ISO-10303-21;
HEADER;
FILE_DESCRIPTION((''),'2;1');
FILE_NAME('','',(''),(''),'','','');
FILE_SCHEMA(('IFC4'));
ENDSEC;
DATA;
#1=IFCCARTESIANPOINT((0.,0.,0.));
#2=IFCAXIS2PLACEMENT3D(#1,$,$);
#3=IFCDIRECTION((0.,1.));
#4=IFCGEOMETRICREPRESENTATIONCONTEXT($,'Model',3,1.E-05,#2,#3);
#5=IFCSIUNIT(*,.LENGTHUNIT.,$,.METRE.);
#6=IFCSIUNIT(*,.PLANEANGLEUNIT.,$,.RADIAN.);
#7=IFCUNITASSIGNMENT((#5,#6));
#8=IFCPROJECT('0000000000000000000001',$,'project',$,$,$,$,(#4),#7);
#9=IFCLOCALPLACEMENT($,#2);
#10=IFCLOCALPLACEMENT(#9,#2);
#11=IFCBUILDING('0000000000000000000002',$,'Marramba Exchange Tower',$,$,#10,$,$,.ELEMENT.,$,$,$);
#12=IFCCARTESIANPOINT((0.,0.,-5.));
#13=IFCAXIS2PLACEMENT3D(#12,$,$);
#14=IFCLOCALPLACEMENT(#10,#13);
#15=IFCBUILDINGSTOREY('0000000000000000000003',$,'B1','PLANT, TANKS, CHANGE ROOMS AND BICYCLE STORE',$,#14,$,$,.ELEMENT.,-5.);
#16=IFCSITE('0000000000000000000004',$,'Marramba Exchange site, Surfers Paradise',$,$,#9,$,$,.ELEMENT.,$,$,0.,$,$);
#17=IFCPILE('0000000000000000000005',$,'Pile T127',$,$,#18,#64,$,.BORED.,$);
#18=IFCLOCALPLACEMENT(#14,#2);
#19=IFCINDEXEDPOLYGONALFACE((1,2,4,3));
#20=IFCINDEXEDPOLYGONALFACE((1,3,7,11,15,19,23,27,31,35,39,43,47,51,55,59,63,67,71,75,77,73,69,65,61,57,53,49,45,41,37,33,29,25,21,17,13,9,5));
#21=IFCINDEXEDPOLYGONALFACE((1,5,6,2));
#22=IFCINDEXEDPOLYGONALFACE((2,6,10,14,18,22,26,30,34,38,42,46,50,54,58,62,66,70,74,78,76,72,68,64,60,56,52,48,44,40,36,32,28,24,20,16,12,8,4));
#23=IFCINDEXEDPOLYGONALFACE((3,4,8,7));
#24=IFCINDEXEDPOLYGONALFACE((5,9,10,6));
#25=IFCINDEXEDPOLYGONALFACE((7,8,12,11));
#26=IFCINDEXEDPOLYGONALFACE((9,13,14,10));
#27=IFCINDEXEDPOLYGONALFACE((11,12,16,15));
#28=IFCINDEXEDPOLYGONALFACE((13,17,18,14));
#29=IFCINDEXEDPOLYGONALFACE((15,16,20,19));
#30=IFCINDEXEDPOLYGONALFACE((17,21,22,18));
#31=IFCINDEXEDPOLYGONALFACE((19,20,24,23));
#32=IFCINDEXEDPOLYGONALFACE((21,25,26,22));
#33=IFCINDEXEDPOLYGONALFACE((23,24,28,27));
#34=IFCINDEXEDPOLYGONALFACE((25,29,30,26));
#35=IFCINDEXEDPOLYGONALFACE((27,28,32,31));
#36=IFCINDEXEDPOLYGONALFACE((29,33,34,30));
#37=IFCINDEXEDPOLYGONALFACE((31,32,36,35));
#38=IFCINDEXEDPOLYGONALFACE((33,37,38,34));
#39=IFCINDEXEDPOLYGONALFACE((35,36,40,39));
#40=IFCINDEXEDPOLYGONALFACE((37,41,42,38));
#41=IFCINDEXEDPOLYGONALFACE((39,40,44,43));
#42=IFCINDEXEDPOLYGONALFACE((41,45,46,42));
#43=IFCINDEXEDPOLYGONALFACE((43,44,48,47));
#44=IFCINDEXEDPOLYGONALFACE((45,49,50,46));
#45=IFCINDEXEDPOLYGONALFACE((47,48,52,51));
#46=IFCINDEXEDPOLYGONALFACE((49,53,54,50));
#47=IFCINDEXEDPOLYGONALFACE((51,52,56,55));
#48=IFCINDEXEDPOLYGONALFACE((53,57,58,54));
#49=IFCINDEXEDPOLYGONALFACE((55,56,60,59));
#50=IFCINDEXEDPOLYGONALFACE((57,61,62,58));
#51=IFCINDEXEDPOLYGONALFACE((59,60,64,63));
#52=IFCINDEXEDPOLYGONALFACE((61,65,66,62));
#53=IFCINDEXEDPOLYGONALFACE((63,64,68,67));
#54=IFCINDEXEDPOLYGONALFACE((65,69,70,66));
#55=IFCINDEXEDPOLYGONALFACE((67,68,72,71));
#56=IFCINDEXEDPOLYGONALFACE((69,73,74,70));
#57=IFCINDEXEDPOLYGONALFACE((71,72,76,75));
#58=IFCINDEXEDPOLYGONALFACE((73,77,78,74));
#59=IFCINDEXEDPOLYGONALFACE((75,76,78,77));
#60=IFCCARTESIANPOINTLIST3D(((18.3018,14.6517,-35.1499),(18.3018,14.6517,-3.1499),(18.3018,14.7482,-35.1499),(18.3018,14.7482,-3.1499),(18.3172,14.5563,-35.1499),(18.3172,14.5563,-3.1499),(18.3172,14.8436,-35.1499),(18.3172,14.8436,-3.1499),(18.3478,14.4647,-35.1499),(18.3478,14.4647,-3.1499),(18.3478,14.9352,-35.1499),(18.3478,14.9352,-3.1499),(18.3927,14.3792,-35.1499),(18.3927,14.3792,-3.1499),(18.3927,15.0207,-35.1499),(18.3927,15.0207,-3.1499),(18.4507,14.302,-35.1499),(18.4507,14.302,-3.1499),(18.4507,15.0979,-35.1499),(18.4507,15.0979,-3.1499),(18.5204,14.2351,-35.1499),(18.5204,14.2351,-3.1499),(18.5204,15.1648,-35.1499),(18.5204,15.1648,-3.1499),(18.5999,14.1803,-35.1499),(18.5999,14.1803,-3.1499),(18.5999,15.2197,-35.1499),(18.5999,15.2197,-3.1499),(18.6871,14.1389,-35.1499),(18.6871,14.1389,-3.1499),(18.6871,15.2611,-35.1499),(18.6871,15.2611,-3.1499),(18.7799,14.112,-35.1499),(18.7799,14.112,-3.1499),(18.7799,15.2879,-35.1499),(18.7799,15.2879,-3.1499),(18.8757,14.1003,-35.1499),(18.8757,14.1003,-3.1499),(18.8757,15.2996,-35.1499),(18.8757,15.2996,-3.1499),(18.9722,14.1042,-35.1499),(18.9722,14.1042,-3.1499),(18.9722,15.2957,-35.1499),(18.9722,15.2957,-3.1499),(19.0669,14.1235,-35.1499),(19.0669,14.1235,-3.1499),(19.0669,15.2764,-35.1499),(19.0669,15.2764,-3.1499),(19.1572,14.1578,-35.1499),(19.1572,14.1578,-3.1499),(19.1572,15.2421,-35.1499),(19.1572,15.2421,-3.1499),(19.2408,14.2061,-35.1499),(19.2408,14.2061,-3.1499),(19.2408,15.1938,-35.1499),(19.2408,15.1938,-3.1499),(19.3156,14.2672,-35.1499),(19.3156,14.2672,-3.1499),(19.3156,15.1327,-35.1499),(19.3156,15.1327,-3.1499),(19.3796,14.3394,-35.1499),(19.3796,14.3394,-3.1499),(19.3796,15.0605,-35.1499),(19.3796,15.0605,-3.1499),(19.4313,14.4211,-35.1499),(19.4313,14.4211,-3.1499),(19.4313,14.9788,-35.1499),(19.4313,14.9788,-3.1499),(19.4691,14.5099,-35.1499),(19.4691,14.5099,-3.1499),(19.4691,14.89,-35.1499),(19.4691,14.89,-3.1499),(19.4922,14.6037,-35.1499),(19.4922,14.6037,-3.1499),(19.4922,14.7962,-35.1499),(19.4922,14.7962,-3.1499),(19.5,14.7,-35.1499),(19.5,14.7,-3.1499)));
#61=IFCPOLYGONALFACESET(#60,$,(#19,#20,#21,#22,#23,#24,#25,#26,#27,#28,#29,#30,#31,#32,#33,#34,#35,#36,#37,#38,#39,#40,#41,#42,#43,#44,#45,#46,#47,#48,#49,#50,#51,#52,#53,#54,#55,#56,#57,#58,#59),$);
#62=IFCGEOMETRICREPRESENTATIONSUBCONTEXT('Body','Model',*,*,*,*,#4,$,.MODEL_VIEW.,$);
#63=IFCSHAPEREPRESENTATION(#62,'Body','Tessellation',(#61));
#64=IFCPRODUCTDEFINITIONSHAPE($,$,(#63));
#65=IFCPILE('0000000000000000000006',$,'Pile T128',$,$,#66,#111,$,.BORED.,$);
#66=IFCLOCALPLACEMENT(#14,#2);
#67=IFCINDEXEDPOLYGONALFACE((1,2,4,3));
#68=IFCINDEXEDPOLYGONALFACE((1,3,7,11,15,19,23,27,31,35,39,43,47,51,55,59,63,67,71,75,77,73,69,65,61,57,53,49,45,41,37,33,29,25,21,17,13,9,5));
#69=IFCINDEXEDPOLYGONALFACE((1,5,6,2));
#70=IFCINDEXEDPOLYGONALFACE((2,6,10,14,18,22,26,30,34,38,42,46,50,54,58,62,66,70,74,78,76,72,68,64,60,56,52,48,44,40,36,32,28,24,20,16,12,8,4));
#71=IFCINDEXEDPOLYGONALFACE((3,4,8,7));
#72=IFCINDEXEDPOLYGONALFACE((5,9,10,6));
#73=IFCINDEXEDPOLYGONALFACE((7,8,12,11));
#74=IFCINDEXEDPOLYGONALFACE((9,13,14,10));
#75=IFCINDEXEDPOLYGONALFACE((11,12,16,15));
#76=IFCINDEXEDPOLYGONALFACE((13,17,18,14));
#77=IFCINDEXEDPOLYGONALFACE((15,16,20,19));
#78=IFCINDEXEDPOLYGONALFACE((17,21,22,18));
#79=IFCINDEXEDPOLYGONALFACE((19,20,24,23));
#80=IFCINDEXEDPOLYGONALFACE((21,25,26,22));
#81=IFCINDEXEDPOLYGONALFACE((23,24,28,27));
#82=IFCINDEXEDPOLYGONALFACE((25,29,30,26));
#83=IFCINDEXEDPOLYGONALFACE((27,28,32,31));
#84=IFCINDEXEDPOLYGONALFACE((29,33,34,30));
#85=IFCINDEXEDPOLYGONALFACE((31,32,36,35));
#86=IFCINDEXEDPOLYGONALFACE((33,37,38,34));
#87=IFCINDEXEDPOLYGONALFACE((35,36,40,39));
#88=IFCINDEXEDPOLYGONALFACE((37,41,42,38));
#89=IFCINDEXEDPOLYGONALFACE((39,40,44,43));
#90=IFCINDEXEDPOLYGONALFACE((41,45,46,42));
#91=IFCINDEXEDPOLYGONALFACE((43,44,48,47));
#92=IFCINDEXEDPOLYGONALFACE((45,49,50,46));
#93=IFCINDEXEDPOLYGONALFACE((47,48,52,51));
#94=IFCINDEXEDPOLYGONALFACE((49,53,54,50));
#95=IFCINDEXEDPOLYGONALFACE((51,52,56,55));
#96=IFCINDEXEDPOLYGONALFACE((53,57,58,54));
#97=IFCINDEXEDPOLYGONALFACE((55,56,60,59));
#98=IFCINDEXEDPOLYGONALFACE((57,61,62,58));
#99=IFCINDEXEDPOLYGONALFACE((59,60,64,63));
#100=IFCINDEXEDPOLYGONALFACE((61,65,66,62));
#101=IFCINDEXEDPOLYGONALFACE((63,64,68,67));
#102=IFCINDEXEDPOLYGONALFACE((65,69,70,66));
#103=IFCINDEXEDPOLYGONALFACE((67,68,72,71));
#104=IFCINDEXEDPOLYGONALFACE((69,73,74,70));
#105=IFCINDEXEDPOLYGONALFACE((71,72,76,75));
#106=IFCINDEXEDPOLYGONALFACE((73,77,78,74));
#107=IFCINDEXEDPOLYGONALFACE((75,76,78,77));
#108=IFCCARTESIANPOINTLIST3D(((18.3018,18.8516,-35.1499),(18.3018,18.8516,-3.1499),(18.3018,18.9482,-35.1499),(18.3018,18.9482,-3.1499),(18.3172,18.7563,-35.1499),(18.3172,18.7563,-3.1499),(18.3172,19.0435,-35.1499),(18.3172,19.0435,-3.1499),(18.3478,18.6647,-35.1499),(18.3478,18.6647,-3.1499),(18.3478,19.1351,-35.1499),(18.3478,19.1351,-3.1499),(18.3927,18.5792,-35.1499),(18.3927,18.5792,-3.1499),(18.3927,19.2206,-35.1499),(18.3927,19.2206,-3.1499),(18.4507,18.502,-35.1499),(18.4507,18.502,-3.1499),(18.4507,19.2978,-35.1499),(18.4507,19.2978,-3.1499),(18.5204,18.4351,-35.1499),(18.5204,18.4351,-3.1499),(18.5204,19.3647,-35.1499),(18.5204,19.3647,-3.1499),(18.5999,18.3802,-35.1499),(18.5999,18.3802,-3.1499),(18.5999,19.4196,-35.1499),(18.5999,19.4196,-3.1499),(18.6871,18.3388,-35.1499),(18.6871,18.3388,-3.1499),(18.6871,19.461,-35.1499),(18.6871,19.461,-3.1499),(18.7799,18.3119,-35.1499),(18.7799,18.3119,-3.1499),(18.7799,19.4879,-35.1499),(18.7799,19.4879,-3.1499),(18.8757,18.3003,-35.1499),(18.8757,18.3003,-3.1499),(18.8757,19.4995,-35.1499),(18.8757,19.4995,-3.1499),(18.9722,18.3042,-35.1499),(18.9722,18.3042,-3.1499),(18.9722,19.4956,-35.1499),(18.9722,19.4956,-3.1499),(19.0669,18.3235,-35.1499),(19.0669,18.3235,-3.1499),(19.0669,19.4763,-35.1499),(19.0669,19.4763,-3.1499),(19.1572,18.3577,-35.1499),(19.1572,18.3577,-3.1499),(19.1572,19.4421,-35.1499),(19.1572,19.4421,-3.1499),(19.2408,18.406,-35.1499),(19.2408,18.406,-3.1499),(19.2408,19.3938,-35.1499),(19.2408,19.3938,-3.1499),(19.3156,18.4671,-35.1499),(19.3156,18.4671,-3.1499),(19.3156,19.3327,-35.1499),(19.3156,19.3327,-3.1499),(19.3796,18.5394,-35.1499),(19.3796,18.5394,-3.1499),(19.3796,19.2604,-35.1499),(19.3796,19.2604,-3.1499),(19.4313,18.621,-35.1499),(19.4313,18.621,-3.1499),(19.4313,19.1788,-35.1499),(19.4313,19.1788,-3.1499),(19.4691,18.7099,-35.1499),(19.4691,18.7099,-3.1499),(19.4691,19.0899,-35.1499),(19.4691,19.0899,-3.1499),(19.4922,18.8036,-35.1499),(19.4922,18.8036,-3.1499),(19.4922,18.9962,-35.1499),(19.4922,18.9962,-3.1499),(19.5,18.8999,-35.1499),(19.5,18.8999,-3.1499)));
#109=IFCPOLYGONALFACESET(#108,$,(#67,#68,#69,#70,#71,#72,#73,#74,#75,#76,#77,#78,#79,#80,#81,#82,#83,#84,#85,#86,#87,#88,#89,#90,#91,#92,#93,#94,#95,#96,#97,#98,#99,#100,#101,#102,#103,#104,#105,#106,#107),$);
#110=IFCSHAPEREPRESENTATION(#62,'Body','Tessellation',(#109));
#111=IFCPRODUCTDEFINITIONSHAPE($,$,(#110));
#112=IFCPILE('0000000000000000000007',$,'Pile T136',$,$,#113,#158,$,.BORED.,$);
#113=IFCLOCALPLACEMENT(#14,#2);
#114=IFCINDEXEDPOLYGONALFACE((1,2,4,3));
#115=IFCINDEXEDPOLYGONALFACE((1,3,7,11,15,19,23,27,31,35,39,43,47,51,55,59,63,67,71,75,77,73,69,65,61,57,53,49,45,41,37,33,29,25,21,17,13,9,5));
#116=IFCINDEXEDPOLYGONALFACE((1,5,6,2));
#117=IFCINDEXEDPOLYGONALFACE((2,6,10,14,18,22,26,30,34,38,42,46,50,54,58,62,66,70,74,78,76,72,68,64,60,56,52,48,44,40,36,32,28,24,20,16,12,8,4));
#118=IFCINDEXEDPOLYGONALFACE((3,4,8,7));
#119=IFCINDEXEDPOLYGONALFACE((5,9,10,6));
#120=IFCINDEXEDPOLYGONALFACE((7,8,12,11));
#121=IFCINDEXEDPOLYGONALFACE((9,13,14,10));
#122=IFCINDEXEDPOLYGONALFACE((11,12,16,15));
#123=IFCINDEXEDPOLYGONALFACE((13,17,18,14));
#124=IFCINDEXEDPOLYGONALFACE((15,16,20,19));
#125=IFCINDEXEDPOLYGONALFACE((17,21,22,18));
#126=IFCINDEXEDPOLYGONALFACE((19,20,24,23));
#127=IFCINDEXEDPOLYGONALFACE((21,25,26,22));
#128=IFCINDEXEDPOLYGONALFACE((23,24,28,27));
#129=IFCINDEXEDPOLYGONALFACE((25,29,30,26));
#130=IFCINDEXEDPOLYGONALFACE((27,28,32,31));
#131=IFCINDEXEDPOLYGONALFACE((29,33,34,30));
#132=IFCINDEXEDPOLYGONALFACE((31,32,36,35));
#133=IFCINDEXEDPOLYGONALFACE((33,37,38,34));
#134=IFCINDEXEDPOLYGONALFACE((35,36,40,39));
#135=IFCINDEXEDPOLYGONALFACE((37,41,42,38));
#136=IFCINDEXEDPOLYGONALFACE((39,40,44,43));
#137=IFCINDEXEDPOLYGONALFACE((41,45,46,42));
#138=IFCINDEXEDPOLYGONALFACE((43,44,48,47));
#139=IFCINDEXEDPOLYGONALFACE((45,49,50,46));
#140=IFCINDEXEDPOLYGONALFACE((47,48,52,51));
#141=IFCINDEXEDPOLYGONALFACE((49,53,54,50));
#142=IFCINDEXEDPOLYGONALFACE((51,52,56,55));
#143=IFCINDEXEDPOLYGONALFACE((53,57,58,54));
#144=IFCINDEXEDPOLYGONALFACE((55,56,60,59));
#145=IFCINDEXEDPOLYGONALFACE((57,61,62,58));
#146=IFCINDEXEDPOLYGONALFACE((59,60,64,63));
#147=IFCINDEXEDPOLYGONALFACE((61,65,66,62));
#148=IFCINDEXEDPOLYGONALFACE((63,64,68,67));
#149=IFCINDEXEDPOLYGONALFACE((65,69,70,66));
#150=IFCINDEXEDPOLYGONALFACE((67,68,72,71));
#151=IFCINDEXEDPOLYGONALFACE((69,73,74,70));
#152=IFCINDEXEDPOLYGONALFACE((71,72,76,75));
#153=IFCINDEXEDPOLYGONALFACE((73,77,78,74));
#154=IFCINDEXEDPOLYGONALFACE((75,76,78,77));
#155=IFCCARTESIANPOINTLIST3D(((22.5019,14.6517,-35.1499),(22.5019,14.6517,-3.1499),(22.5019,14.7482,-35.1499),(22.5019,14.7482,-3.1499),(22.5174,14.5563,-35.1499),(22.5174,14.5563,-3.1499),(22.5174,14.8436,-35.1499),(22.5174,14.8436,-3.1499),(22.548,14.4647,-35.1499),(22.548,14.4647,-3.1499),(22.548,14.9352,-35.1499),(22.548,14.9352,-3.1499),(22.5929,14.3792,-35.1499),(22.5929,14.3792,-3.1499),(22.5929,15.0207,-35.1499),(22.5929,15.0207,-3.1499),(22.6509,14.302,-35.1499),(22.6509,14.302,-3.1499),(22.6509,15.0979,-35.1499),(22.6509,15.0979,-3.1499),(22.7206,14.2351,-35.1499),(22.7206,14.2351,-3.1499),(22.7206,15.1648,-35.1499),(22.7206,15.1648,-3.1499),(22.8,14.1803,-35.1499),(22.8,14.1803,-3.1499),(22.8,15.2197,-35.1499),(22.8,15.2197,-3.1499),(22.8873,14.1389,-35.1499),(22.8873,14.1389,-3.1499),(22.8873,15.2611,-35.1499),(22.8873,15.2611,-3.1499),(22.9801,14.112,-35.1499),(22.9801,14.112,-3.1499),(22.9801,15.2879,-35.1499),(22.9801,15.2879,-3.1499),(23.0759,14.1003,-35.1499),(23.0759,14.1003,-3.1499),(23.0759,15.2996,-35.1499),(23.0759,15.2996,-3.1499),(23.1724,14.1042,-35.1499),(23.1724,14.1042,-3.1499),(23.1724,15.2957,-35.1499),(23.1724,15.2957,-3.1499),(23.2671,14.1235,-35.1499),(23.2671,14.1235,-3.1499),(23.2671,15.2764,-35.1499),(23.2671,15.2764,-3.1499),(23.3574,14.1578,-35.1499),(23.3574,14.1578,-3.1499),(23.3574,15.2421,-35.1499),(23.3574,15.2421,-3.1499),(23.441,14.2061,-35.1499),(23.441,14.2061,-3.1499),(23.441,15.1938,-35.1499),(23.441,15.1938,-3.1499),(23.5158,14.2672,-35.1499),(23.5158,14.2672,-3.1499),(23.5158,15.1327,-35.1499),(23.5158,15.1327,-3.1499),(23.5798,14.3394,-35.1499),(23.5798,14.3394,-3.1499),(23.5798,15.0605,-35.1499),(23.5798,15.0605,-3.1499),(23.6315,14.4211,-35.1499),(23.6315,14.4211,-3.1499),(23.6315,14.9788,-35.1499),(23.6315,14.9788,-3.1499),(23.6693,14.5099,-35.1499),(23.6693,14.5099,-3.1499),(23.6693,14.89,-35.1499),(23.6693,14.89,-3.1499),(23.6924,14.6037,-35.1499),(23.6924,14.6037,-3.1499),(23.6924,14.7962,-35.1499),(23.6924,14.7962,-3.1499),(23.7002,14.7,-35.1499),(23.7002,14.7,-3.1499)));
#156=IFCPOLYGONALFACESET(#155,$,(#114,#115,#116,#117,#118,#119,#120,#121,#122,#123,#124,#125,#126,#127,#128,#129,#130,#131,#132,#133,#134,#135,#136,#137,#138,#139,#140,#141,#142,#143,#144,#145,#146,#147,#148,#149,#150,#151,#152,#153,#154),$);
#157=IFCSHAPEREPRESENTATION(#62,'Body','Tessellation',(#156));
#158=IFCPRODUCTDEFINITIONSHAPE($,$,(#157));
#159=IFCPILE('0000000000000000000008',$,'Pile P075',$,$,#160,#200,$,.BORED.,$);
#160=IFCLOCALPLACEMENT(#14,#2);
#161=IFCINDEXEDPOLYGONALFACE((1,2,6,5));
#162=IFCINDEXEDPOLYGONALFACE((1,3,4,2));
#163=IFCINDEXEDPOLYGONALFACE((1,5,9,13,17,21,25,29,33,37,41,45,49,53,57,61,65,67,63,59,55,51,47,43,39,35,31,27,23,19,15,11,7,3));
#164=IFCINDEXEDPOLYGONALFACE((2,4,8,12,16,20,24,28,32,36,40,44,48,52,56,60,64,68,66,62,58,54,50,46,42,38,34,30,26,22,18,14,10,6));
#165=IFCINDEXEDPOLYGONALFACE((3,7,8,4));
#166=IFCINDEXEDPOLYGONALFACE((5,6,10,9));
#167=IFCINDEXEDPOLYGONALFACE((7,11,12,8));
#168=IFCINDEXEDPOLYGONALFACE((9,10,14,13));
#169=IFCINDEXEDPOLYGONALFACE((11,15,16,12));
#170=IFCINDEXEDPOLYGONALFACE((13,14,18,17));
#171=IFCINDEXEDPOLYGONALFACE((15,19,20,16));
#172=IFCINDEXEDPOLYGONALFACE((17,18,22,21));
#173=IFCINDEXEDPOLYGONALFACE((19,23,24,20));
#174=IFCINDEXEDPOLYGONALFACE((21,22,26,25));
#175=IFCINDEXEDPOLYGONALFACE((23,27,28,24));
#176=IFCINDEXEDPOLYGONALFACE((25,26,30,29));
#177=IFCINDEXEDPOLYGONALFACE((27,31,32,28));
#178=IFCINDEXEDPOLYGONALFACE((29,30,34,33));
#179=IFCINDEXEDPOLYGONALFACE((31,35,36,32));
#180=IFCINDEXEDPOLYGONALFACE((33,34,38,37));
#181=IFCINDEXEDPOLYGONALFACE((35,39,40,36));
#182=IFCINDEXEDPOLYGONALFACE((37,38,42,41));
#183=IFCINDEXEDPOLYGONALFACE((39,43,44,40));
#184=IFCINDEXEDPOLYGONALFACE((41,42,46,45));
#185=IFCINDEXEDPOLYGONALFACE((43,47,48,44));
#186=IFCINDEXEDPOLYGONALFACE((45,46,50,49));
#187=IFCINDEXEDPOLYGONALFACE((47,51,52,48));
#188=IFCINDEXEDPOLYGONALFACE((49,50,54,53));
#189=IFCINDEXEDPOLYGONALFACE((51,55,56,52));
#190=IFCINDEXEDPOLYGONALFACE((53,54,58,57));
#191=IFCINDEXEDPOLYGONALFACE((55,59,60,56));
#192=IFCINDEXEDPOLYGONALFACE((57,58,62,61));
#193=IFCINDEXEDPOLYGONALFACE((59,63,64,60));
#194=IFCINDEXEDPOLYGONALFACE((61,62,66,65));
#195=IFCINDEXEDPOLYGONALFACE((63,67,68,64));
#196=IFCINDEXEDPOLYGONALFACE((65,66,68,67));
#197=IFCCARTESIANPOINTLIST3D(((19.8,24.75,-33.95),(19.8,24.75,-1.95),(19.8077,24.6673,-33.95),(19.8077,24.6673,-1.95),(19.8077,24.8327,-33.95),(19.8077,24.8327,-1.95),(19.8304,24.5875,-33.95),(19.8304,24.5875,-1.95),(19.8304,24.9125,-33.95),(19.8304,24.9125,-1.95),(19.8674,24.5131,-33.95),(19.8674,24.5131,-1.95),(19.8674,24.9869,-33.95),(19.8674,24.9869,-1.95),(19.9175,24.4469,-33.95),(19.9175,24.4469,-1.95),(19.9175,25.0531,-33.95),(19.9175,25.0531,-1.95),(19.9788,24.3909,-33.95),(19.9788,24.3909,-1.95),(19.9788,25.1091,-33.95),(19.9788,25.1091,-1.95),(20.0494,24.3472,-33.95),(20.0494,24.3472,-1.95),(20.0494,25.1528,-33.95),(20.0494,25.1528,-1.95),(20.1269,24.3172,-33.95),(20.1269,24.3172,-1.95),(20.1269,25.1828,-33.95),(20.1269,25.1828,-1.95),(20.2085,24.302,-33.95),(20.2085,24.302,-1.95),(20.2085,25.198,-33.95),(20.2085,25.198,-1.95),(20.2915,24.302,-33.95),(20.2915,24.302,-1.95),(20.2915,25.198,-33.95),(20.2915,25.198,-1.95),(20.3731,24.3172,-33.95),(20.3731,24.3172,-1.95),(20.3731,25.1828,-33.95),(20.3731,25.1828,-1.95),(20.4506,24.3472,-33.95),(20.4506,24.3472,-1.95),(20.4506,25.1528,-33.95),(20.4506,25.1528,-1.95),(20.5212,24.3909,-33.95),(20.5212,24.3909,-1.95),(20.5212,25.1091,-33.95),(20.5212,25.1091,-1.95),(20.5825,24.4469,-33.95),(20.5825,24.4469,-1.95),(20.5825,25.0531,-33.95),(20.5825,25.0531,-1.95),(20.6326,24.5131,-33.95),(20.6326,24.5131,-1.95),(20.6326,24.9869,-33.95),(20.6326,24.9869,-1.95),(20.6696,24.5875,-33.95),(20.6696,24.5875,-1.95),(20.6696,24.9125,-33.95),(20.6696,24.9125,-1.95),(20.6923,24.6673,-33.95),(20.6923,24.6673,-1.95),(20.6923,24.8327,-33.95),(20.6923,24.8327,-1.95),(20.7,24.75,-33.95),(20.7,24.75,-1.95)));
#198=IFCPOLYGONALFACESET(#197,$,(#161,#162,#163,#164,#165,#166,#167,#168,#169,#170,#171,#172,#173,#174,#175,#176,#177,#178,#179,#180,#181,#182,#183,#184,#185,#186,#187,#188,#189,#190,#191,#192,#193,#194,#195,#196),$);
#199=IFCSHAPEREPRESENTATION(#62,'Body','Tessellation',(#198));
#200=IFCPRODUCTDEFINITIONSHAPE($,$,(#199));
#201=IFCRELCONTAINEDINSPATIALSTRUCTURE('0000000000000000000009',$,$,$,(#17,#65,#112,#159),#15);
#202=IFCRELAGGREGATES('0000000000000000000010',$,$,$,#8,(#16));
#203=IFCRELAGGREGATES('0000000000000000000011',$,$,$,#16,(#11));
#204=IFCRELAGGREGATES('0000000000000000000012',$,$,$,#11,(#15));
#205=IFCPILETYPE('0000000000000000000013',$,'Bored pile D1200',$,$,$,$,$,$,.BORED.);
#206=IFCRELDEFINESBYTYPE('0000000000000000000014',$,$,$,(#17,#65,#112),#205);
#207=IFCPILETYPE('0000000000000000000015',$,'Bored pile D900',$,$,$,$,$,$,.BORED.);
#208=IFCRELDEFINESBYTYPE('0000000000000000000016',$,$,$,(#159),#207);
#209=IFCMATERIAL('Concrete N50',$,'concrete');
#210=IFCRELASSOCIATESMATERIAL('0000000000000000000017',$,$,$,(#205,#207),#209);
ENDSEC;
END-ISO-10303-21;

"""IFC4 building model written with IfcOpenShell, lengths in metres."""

from ifc_helpers import new_model, si_unit, direction, frame, origin, origin_2d, place, context, subcontext, project, spatial, circle, extrude, material, material_profile, profile_set, type_object, element, save


model = new_model("IFC4")

# Units and contexts
model_context = context("Model", 3, precision=1e-05, world=origin(), true_north=direction((0.0, 1.0)))
body_context = subcontext(model_context, "Body", "Model", "MODEL_VIEW")
ifc_project = project(units=[si_unit("LENGTHUNIT", "METRE"), si_unit("PLANEANGLEUNIT", "RADIAN")], contexts=[model_context])

# Site, building, storey
site_placement = place(None, origin())
site = spatial("IfcSite", under=ifc_project, at=site_placement, Name="Marramba Exchange site, Surfers Paradise", CompositionType="ELEMENT", RefElevation=0.0)
building_placement = place(site_placement, origin())
building = spatial("IfcBuilding", under=site, at=building_placement, Name="Marramba Exchange Tower", CompositionType="ELEMENT")
storey_placement = place(building_placement, frame((0.0, 0.0, -5.0)))
storey = spatial("IfcBuildingStorey", under=building, at=storey_placement, Name="B1", Description="PLANT, TANKS, CHANGE ROOMS AND BICYCLE STORE", CompositionType="ELEMENT", Elevation=-5.0)

# Piles
ifc_material_1 = material(Name="Concrete N50", Category="concrete")
ifc_material_profile_1 = material_profile(ifc_material_1, circle(Radius=0.6001, at=origin_2d()), Name="BP D1200")
ifc_profile_set_1 = profile_set([ifc_material_profile_1], Name="Concrete N50")
pile_type_1 = type_object("IfcPileType", Name="Bored pile D1200", PredefinedType="BORED", material=ifc_profile_set_1)
for number, where, z_axis, x_axis, name in (
    (1, (18.8999, 14.7, -3.1499), (0.0, 0.0, -1.0), (1.0, 0.0, 0.0), "Pile T127"),
    (2, (18.8999, 18.8999, -3.1499), (0.0, 0.0, -1.0), (1.0, 0.0, 0.0), "Pile T128"),
    (3, (23.1001, 14.7, -3.1499), (0.0, 0.0, -1.0), (1.0, 0.0, 0.0), "Pile T136"),
):
    element("IfcPile", number, at=place(storey_placement, frame(where, z_axis=z_axis, x_axis=x_axis)), inside=storey, type_object=pile_type_1, Name=name, PredefinedType="BORED", context=body_context, shape_type="SweptSolid", body=[
        extrude(circle(Radius=0.6001, at=origin_2d()), origin(), (0.0, 0.0, 1.0), 32.0),
    ])
ifc_material_profile_2 = material_profile(ifc_material_1, circle(Radius=0.45, at=origin_2d()), Name="BP D900")
ifc_profile_set_2 = profile_set([ifc_material_profile_2], Name="Concrete N50")
pile_type_2 = type_object("IfcPileType", Name="Bored pile D900", PredefinedType="BORED", material=ifc_profile_set_2)
for number, where, z_axis, x_axis, name in (
    (4, (20.25, 24.75, -1.95), (0.0, 0.0, -1.0), (1.0, 0.0, 0.0), "Pile P075"),
):
    element("IfcPile", number, at=place(storey_placement, frame(where, z_axis=z_axis, x_axis=x_axis)), inside=storey, type_object=pile_type_2, Name=name, PredefinedType="BORED", context=body_context, shape_type="SweptSolid", body=[
        extrude(circle(Radius=0.45, at=origin_2d()), origin(), (0.0, 0.0, 1.0), 32.0),
    ])

save(model, "model.ifc")
